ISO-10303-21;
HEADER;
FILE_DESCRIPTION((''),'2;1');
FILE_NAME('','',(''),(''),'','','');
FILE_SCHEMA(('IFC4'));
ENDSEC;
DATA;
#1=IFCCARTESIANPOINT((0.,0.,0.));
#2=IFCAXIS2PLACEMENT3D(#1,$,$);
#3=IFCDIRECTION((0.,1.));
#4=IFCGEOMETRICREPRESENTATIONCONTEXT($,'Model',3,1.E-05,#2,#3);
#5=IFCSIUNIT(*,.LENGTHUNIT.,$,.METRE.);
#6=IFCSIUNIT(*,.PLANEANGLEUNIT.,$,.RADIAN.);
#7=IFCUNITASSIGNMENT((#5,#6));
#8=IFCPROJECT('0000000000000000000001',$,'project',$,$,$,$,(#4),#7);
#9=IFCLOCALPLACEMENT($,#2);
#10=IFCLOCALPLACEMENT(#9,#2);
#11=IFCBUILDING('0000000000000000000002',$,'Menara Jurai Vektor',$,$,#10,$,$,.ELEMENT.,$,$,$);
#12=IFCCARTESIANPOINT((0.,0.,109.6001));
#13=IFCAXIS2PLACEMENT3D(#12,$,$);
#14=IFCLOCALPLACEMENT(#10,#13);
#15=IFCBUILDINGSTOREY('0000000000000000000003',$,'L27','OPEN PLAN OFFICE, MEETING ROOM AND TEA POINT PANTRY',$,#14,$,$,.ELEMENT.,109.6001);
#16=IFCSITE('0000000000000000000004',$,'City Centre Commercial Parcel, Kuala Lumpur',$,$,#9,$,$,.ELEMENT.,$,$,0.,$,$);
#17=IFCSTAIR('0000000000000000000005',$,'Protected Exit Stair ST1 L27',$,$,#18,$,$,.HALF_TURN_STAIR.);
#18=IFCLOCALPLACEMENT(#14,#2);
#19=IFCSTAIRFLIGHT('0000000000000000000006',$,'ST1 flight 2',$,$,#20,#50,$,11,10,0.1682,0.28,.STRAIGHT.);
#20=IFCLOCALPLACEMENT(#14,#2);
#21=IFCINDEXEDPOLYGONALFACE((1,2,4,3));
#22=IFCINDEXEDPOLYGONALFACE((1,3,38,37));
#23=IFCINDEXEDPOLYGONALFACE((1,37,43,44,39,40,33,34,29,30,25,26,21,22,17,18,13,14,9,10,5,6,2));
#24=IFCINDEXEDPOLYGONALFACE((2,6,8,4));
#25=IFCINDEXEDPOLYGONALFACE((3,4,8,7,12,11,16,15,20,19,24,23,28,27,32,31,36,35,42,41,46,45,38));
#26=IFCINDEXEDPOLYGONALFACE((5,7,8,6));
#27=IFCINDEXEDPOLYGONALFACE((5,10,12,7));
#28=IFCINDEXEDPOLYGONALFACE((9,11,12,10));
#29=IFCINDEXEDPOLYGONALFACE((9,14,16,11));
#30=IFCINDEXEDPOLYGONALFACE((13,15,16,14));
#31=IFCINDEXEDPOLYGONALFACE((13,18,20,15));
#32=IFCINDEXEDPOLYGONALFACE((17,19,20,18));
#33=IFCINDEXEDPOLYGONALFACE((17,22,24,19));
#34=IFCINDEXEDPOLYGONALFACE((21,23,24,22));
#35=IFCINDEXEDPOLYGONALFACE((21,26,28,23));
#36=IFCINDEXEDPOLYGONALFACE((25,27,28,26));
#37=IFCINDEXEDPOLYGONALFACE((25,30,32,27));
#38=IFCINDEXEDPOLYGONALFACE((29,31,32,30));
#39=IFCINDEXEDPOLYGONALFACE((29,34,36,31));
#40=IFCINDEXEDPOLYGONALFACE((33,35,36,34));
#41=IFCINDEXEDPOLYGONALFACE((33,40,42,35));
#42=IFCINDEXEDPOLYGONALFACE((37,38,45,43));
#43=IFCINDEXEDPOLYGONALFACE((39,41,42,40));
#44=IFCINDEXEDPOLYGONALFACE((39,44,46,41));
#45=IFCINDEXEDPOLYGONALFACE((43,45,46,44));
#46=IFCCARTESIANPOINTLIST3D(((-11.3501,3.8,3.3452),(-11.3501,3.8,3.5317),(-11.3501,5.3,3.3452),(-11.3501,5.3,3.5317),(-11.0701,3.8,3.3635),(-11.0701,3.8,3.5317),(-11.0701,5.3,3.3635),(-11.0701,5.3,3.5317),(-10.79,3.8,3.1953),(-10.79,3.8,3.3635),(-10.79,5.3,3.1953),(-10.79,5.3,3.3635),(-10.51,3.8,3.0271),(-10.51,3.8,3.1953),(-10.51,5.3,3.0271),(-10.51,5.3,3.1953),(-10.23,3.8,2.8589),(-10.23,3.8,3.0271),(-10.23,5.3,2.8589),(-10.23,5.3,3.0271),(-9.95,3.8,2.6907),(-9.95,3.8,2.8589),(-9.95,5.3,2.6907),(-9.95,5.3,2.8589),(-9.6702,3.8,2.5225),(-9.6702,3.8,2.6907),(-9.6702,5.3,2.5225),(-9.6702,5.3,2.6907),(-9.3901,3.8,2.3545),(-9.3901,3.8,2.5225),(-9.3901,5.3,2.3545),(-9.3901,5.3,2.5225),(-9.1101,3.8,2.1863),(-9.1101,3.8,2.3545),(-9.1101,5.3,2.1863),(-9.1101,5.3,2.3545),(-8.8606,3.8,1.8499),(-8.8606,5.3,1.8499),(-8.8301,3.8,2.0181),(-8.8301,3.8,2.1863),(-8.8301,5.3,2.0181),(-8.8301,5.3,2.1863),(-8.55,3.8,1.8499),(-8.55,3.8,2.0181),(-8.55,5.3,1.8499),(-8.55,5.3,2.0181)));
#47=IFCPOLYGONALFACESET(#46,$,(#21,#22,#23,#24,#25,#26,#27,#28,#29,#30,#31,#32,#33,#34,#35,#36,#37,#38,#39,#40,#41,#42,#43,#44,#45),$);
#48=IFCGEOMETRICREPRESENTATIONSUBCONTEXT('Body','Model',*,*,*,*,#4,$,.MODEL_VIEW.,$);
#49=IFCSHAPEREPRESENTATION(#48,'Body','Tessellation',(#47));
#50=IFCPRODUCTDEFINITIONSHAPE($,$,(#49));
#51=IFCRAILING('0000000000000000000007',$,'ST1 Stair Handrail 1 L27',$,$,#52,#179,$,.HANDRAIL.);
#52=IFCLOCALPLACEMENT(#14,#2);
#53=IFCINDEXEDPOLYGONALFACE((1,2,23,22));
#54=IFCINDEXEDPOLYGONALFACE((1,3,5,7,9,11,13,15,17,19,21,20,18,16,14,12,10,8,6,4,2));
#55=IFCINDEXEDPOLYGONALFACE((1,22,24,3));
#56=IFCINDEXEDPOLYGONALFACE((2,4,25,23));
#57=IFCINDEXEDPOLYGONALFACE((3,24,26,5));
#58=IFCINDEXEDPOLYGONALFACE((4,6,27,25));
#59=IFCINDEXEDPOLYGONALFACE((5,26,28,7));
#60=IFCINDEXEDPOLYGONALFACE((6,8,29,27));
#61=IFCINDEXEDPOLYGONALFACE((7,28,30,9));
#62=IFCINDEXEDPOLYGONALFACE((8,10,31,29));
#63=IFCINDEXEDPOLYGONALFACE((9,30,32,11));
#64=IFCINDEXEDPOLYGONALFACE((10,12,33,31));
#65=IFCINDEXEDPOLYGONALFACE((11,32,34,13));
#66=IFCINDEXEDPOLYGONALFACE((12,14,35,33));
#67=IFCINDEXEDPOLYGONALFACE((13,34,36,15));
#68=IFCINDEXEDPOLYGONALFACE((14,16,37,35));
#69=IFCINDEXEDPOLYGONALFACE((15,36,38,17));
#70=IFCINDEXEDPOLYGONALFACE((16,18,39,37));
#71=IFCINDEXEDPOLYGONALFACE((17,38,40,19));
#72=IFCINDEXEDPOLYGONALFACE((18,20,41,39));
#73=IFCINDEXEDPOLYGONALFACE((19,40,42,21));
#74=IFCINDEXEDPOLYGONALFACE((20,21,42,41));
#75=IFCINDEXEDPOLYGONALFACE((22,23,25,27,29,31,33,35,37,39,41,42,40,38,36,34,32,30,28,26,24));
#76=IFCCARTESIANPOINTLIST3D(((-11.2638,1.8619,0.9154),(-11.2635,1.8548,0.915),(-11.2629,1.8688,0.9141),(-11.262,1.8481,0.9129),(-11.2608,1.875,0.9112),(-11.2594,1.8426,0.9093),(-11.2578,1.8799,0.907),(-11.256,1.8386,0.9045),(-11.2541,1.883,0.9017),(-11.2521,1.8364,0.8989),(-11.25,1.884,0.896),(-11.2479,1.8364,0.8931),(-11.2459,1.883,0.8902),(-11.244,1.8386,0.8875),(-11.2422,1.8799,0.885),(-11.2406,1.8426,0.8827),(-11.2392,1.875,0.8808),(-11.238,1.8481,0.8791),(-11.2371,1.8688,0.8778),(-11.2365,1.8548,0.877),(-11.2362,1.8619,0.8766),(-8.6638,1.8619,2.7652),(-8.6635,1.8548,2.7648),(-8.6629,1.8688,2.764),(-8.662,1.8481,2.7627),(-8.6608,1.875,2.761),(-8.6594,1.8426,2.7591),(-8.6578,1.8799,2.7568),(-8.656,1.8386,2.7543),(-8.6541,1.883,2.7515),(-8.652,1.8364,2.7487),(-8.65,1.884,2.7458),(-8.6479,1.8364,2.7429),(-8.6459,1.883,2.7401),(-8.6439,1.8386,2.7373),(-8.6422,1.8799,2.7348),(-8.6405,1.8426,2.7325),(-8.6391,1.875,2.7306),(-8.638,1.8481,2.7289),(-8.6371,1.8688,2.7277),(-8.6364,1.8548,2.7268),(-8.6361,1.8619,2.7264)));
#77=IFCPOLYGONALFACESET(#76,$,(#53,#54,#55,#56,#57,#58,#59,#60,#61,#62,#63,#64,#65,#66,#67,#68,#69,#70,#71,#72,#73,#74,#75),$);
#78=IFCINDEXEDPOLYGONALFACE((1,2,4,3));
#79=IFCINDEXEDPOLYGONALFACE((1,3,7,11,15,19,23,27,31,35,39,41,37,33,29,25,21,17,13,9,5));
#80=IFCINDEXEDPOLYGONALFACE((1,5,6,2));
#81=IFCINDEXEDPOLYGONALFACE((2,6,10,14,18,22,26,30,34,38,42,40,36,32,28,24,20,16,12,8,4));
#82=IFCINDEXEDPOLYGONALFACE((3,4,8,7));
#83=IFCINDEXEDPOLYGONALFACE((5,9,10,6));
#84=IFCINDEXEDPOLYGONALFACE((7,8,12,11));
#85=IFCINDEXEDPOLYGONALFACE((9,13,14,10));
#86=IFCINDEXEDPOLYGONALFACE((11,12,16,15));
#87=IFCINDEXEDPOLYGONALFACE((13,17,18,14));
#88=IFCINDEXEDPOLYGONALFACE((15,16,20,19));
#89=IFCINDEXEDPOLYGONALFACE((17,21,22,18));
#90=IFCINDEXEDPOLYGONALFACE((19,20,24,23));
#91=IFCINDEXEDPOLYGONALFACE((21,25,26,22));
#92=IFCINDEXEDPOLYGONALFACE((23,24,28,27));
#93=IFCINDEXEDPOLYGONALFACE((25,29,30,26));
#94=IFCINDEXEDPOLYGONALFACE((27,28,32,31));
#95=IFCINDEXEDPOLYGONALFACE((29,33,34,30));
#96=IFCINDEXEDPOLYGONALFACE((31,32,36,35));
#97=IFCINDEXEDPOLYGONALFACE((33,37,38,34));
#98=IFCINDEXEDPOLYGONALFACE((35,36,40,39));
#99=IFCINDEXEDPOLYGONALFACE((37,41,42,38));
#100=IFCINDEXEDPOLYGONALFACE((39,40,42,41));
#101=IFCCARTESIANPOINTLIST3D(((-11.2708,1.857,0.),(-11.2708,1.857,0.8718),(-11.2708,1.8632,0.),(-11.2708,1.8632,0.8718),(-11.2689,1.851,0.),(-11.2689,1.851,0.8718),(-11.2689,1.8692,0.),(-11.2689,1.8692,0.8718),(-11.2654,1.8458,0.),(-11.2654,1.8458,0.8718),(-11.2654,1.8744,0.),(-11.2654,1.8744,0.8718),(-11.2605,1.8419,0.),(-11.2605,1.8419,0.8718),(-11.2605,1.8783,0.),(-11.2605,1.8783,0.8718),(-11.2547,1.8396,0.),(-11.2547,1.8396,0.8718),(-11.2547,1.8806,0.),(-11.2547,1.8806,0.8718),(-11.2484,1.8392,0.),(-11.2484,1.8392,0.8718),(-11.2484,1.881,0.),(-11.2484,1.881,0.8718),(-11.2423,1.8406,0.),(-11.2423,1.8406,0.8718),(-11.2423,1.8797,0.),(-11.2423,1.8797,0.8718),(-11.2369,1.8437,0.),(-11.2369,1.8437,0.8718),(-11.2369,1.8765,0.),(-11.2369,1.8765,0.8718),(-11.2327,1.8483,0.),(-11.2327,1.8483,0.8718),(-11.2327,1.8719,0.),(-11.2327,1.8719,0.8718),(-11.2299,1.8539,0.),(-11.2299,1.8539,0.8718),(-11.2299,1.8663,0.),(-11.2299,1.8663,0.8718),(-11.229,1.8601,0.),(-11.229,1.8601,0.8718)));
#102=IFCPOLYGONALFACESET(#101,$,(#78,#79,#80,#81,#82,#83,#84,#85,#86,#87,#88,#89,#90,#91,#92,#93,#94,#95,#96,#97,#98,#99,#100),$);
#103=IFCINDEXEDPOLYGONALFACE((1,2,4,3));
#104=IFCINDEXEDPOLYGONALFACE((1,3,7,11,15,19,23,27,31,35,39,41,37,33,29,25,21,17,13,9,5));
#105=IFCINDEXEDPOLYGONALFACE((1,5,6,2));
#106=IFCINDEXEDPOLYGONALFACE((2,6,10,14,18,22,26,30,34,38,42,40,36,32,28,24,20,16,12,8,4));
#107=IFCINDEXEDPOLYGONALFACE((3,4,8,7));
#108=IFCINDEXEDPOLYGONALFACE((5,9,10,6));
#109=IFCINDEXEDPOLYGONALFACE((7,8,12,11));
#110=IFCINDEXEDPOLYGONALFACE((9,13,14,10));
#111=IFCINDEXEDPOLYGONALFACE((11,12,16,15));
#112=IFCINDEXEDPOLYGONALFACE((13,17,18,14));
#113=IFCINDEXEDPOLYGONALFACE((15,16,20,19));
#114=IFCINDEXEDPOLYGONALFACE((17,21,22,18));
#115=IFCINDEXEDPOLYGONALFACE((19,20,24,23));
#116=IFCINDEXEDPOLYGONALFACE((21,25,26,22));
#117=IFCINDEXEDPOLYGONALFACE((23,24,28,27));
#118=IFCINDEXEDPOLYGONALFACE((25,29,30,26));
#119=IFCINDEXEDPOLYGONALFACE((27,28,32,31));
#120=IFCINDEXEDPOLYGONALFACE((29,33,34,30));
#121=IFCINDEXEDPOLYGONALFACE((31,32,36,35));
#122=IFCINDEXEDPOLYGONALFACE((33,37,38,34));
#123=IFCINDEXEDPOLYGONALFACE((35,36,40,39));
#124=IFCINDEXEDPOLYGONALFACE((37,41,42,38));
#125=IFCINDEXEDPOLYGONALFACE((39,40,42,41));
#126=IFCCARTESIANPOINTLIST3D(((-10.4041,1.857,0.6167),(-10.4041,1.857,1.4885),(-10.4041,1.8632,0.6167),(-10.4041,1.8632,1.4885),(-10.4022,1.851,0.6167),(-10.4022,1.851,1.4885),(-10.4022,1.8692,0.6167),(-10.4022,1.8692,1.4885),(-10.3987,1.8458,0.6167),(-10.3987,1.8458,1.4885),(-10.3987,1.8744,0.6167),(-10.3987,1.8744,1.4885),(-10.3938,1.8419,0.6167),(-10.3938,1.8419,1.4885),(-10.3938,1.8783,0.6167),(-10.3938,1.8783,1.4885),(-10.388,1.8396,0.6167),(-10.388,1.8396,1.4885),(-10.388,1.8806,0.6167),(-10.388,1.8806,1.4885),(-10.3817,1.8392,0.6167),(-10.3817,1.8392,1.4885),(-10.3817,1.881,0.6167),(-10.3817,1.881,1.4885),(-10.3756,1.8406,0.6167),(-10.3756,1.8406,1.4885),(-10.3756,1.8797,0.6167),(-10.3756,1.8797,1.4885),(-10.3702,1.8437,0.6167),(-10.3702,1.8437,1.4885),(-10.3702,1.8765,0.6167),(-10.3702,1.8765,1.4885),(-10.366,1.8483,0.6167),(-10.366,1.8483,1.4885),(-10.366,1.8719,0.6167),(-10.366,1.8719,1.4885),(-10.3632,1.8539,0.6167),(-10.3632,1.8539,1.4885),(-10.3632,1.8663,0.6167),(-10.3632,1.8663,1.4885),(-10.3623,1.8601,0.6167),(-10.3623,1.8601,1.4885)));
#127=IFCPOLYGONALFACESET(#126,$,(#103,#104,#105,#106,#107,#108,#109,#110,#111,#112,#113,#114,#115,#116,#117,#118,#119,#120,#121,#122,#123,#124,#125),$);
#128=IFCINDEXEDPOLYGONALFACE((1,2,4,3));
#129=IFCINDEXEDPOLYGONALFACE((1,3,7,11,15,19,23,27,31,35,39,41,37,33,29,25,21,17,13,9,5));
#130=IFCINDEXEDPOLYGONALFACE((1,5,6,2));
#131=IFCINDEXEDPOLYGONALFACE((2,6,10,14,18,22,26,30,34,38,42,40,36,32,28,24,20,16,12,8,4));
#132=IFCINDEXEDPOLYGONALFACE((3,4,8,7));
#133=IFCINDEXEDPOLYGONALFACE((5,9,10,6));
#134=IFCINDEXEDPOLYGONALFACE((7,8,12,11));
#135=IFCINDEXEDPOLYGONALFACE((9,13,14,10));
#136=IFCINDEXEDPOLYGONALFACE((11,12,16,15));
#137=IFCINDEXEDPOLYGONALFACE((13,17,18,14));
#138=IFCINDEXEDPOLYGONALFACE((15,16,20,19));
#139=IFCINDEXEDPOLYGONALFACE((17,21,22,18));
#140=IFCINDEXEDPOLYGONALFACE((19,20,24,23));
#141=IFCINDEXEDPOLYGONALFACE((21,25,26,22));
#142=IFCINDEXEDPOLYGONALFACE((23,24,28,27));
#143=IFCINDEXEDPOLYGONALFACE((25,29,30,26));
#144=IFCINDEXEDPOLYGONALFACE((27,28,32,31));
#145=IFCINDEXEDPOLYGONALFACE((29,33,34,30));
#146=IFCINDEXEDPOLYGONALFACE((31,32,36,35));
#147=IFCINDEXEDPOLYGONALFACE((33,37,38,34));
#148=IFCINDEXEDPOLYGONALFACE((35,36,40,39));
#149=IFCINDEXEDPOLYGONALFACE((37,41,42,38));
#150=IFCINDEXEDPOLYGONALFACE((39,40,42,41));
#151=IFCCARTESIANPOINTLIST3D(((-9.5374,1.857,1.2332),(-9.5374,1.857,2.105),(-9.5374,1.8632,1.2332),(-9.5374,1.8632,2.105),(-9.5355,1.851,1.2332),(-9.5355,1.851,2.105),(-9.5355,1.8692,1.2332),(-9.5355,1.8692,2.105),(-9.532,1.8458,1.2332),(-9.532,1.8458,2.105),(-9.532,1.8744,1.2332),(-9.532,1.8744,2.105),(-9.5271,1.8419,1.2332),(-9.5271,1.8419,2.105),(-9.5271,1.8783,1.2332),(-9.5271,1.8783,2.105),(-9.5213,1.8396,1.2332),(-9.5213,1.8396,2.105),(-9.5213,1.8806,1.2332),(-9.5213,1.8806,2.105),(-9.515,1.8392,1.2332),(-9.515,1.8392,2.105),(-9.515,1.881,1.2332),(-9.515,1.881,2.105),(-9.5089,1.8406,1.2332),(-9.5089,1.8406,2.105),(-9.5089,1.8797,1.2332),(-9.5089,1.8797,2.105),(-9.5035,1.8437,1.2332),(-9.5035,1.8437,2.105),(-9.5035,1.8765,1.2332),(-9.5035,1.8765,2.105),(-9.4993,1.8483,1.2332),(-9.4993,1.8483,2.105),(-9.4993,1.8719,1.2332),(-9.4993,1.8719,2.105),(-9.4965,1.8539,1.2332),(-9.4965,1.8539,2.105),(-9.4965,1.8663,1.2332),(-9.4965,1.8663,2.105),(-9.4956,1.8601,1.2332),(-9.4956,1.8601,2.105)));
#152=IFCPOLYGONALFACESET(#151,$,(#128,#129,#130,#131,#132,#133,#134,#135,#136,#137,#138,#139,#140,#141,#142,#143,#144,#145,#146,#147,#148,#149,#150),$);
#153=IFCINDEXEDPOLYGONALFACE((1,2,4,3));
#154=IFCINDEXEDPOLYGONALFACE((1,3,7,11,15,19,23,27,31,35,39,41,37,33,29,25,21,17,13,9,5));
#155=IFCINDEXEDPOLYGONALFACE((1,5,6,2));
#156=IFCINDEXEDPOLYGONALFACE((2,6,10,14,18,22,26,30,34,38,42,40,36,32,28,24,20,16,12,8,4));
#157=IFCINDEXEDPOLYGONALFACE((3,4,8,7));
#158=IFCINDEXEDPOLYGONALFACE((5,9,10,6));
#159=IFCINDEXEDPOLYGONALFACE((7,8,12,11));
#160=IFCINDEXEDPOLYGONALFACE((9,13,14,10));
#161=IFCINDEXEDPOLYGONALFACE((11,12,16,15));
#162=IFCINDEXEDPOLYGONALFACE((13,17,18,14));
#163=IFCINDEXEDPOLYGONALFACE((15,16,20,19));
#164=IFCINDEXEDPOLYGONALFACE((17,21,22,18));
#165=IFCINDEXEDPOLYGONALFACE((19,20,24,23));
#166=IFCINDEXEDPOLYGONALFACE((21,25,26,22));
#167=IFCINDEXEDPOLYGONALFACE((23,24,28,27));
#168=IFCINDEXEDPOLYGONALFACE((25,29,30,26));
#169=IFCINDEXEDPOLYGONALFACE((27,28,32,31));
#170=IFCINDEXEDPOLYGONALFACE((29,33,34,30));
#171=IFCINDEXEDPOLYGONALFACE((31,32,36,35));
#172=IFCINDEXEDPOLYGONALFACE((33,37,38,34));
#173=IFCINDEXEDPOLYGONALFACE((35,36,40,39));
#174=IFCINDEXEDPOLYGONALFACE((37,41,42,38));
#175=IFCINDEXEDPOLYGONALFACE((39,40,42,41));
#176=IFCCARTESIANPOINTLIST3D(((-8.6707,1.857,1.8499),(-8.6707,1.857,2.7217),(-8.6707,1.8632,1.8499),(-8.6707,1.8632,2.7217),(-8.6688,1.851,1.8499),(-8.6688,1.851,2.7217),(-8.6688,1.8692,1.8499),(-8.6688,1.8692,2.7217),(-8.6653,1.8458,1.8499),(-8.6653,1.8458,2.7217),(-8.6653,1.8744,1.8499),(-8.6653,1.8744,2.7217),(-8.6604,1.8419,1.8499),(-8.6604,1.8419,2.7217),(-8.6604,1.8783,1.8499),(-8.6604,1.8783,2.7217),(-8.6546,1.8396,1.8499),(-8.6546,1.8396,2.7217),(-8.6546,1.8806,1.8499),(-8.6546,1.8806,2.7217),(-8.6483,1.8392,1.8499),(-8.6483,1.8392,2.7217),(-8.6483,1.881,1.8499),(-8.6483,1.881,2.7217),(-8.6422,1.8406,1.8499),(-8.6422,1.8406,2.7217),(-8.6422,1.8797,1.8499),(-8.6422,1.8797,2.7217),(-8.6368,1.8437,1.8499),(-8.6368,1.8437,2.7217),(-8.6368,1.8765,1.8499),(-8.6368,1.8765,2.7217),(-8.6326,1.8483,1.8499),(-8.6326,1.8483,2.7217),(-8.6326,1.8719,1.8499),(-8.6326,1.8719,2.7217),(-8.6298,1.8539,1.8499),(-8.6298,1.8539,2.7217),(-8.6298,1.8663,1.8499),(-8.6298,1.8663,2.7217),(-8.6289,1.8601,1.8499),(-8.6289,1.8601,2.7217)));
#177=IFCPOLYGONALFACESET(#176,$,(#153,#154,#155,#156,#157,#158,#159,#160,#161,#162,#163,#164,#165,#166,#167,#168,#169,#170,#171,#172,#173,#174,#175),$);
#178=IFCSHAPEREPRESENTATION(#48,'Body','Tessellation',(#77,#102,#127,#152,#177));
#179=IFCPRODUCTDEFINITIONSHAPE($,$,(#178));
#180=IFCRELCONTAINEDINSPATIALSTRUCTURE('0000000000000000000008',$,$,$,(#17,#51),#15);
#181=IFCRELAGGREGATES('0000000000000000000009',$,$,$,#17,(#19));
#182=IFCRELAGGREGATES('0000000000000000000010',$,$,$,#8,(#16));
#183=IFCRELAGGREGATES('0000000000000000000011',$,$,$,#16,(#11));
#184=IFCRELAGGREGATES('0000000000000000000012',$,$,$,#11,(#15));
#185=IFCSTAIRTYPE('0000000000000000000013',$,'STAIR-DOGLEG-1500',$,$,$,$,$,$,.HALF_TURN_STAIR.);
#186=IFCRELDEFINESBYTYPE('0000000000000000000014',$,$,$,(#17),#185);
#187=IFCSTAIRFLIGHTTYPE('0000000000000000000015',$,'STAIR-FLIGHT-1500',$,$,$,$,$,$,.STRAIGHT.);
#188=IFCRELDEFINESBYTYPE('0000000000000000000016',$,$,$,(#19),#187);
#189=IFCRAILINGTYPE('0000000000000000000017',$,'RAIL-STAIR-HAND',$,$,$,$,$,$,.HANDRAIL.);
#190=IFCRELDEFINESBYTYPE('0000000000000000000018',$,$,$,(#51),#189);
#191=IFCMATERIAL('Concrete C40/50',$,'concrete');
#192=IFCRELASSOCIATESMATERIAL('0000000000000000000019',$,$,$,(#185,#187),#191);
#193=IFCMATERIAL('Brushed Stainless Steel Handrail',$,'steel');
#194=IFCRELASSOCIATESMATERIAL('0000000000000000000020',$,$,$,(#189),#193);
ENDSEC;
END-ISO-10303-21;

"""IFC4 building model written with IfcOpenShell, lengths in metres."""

from ifc_helpers import new_model, si_unit, direction, frame, origin, origin_2d, place, context, subcontext, project, spatial, polyline, circle, outline, extrude, material, type_object, element, aggregate, save


model = new_model("IFC4")

# Units and contexts
model_context = context("Model", 3, precision=1e-05, world=origin(), true_north=direction((0.0, 1.0)))
body_context = subcontext(model_context, "Body", "Model", "MODEL_VIEW")
ifc_project = project(units=[si_unit("LENGTHUNIT", "METRE"), si_unit("PLANEANGLEUNIT", "RADIAN")], contexts=[model_context])

# Site, building, storey
site_placement = place(None, origin())
site = spatial("IfcSite", under=ifc_project, at=site_placement, Name="City Centre Commercial Parcel, Kuala Lumpur", CompositionType="ELEMENT", RefElevation=0.0)
building_placement = place(site_placement, origin())
building = spatial("IfcBuilding", under=site, at=building_placement, Name="Menara Jurai Vektor", CompositionType="ELEMENT")
storey_placement = place(building_placement, frame((0.0, 0.0, 109.6001)))
storey = spatial("IfcBuildingStorey", under=building, at=storey_placement, Name="L27", Description="OPEN PLAN OFFICE, MEETING ROOM AND TEA POINT PANTRY", CompositionType="ELEMENT", Elevation=109.6001)

# Stair
ifc_material_1 = material(Name="Concrete C40/50", Category="concrete")
stair_type = type_object("IfcStairType", Name="STAIR-DOGLEG-1500", PredefinedType="HALF_TURN_STAIR", material=ifc_material_1)
stair_1_placement = place(storey_placement, origin())
stair_1 = element("IfcStair", 1, at=stair_1_placement, inside=storey, type_object=stair_type, Name="Protected Exit Stair ST1 L27", PredefinedType="HALF_TURN_STAIR")

# Stair flight
stair_flight_type = type_object("IfcStairFlightType", Name="STAIR-FLIGHT-1500", PredefinedType="STRAIGHT", material=ifc_material_1)
stair_flight_1_placement = place(storey_placement, frame((-8.55, 4.55, 1.8499), z_axis=(0.0, 0.0, 1.0), x_axis=(-1.0, 0.0, 0.0)))
stair_flight_1 = element("IfcStairFlight", 2, at=stair_flight_1_placement, type_object=stair_flight_type, Name="ST1 flight 2", NumberOfRisers=11, NumberOfTreads=10, PredefinedType="STRAIGHT", RiserHeight=0.1682, TreadLength=0.28, context=body_context, shape_type="SweptSolid", body=[
    extrude(outline(polyline([(0.0, 0.0), (0.0, 0.1682), (0.28, 0.1682), (0.28, 0.3364), (0.5601, 0.3364), (0.5601, 0.5046), (0.8401, 0.5046), (0.8401, 0.6726), (1.1201, 0.6726), (1.1201, 0.8408), (1.3999, 0.8408), (1.3999, 1.009), (1.6799, 1.009), (1.6799, 1.1772), (1.96, 1.1772), (1.96, 1.3455), (2.24, 1.3455), (2.24, 1.5137), (2.52, 1.5137), (2.52, 1.6819), (2.8, 1.6819), (2.8, 1.8501), (2.8, 1.4954), (0.3105, 0.0), (0.0, 0.0)])), frame((0.0, 0.75, 0.0), z_axis=(0.0, -1.0, 0.0), x_axis=(1.0, 0.0, 0.0)), (0.0, 0.0, 1.0), 1.5),
])
aggregate(stair_1, [stair_flight_1])

# Railing
ifc_material_2 = material(Name="Brushed Stainless Steel Handrail", Category="steel")
railing_type_1 = type_object("IfcRailingType", Name="RAIL-STAIR-HAND", PredefinedType="HANDRAIL", material=ifc_material_2)
railing_1_placement = place(storey_placement, frame((-11.25, 1.8601, 0.0)))
element("IfcRailing", 3, at=railing_1_placement, inside=storey, type_object=railing_type_1, Name="ST1 Stair Handrail 1 L27", PredefinedType="HANDRAIL", context=body_context, shape_type="SweptSolid", body=[
    extrude(circle(Radius=0.0239, at=origin_2d()), frame((0.0, 0.0, 0.896), z_axis=(0.814823, 0.0, 0.57971), x_axis=(0.0, 1.0, 0.0)), (0.0, 0.0, 1.0), 3.1909),
    extrude(circle(Radius=0.021, at=origin_2d()), origin(), (0.0, 0.0, 1.0), 0.8718),
    extrude(circle(Radius=0.021, at=origin_2d()), frame((0.8667, 0.0, 0.6167)), (0.0, 0.0, 1.0), 0.8718),
    extrude(circle(Radius=0.021, at=origin_2d()), frame((1.7334, 0.0, 1.2332)), (0.0, 0.0, 1.0), 0.8718),
    extrude(circle(Radius=0.021, at=origin_2d()), frame((2.6001, 0.0, 1.8499)), (0.0, 0.0, 1.0), 0.8718),
])

save(model, "model.ifc")
